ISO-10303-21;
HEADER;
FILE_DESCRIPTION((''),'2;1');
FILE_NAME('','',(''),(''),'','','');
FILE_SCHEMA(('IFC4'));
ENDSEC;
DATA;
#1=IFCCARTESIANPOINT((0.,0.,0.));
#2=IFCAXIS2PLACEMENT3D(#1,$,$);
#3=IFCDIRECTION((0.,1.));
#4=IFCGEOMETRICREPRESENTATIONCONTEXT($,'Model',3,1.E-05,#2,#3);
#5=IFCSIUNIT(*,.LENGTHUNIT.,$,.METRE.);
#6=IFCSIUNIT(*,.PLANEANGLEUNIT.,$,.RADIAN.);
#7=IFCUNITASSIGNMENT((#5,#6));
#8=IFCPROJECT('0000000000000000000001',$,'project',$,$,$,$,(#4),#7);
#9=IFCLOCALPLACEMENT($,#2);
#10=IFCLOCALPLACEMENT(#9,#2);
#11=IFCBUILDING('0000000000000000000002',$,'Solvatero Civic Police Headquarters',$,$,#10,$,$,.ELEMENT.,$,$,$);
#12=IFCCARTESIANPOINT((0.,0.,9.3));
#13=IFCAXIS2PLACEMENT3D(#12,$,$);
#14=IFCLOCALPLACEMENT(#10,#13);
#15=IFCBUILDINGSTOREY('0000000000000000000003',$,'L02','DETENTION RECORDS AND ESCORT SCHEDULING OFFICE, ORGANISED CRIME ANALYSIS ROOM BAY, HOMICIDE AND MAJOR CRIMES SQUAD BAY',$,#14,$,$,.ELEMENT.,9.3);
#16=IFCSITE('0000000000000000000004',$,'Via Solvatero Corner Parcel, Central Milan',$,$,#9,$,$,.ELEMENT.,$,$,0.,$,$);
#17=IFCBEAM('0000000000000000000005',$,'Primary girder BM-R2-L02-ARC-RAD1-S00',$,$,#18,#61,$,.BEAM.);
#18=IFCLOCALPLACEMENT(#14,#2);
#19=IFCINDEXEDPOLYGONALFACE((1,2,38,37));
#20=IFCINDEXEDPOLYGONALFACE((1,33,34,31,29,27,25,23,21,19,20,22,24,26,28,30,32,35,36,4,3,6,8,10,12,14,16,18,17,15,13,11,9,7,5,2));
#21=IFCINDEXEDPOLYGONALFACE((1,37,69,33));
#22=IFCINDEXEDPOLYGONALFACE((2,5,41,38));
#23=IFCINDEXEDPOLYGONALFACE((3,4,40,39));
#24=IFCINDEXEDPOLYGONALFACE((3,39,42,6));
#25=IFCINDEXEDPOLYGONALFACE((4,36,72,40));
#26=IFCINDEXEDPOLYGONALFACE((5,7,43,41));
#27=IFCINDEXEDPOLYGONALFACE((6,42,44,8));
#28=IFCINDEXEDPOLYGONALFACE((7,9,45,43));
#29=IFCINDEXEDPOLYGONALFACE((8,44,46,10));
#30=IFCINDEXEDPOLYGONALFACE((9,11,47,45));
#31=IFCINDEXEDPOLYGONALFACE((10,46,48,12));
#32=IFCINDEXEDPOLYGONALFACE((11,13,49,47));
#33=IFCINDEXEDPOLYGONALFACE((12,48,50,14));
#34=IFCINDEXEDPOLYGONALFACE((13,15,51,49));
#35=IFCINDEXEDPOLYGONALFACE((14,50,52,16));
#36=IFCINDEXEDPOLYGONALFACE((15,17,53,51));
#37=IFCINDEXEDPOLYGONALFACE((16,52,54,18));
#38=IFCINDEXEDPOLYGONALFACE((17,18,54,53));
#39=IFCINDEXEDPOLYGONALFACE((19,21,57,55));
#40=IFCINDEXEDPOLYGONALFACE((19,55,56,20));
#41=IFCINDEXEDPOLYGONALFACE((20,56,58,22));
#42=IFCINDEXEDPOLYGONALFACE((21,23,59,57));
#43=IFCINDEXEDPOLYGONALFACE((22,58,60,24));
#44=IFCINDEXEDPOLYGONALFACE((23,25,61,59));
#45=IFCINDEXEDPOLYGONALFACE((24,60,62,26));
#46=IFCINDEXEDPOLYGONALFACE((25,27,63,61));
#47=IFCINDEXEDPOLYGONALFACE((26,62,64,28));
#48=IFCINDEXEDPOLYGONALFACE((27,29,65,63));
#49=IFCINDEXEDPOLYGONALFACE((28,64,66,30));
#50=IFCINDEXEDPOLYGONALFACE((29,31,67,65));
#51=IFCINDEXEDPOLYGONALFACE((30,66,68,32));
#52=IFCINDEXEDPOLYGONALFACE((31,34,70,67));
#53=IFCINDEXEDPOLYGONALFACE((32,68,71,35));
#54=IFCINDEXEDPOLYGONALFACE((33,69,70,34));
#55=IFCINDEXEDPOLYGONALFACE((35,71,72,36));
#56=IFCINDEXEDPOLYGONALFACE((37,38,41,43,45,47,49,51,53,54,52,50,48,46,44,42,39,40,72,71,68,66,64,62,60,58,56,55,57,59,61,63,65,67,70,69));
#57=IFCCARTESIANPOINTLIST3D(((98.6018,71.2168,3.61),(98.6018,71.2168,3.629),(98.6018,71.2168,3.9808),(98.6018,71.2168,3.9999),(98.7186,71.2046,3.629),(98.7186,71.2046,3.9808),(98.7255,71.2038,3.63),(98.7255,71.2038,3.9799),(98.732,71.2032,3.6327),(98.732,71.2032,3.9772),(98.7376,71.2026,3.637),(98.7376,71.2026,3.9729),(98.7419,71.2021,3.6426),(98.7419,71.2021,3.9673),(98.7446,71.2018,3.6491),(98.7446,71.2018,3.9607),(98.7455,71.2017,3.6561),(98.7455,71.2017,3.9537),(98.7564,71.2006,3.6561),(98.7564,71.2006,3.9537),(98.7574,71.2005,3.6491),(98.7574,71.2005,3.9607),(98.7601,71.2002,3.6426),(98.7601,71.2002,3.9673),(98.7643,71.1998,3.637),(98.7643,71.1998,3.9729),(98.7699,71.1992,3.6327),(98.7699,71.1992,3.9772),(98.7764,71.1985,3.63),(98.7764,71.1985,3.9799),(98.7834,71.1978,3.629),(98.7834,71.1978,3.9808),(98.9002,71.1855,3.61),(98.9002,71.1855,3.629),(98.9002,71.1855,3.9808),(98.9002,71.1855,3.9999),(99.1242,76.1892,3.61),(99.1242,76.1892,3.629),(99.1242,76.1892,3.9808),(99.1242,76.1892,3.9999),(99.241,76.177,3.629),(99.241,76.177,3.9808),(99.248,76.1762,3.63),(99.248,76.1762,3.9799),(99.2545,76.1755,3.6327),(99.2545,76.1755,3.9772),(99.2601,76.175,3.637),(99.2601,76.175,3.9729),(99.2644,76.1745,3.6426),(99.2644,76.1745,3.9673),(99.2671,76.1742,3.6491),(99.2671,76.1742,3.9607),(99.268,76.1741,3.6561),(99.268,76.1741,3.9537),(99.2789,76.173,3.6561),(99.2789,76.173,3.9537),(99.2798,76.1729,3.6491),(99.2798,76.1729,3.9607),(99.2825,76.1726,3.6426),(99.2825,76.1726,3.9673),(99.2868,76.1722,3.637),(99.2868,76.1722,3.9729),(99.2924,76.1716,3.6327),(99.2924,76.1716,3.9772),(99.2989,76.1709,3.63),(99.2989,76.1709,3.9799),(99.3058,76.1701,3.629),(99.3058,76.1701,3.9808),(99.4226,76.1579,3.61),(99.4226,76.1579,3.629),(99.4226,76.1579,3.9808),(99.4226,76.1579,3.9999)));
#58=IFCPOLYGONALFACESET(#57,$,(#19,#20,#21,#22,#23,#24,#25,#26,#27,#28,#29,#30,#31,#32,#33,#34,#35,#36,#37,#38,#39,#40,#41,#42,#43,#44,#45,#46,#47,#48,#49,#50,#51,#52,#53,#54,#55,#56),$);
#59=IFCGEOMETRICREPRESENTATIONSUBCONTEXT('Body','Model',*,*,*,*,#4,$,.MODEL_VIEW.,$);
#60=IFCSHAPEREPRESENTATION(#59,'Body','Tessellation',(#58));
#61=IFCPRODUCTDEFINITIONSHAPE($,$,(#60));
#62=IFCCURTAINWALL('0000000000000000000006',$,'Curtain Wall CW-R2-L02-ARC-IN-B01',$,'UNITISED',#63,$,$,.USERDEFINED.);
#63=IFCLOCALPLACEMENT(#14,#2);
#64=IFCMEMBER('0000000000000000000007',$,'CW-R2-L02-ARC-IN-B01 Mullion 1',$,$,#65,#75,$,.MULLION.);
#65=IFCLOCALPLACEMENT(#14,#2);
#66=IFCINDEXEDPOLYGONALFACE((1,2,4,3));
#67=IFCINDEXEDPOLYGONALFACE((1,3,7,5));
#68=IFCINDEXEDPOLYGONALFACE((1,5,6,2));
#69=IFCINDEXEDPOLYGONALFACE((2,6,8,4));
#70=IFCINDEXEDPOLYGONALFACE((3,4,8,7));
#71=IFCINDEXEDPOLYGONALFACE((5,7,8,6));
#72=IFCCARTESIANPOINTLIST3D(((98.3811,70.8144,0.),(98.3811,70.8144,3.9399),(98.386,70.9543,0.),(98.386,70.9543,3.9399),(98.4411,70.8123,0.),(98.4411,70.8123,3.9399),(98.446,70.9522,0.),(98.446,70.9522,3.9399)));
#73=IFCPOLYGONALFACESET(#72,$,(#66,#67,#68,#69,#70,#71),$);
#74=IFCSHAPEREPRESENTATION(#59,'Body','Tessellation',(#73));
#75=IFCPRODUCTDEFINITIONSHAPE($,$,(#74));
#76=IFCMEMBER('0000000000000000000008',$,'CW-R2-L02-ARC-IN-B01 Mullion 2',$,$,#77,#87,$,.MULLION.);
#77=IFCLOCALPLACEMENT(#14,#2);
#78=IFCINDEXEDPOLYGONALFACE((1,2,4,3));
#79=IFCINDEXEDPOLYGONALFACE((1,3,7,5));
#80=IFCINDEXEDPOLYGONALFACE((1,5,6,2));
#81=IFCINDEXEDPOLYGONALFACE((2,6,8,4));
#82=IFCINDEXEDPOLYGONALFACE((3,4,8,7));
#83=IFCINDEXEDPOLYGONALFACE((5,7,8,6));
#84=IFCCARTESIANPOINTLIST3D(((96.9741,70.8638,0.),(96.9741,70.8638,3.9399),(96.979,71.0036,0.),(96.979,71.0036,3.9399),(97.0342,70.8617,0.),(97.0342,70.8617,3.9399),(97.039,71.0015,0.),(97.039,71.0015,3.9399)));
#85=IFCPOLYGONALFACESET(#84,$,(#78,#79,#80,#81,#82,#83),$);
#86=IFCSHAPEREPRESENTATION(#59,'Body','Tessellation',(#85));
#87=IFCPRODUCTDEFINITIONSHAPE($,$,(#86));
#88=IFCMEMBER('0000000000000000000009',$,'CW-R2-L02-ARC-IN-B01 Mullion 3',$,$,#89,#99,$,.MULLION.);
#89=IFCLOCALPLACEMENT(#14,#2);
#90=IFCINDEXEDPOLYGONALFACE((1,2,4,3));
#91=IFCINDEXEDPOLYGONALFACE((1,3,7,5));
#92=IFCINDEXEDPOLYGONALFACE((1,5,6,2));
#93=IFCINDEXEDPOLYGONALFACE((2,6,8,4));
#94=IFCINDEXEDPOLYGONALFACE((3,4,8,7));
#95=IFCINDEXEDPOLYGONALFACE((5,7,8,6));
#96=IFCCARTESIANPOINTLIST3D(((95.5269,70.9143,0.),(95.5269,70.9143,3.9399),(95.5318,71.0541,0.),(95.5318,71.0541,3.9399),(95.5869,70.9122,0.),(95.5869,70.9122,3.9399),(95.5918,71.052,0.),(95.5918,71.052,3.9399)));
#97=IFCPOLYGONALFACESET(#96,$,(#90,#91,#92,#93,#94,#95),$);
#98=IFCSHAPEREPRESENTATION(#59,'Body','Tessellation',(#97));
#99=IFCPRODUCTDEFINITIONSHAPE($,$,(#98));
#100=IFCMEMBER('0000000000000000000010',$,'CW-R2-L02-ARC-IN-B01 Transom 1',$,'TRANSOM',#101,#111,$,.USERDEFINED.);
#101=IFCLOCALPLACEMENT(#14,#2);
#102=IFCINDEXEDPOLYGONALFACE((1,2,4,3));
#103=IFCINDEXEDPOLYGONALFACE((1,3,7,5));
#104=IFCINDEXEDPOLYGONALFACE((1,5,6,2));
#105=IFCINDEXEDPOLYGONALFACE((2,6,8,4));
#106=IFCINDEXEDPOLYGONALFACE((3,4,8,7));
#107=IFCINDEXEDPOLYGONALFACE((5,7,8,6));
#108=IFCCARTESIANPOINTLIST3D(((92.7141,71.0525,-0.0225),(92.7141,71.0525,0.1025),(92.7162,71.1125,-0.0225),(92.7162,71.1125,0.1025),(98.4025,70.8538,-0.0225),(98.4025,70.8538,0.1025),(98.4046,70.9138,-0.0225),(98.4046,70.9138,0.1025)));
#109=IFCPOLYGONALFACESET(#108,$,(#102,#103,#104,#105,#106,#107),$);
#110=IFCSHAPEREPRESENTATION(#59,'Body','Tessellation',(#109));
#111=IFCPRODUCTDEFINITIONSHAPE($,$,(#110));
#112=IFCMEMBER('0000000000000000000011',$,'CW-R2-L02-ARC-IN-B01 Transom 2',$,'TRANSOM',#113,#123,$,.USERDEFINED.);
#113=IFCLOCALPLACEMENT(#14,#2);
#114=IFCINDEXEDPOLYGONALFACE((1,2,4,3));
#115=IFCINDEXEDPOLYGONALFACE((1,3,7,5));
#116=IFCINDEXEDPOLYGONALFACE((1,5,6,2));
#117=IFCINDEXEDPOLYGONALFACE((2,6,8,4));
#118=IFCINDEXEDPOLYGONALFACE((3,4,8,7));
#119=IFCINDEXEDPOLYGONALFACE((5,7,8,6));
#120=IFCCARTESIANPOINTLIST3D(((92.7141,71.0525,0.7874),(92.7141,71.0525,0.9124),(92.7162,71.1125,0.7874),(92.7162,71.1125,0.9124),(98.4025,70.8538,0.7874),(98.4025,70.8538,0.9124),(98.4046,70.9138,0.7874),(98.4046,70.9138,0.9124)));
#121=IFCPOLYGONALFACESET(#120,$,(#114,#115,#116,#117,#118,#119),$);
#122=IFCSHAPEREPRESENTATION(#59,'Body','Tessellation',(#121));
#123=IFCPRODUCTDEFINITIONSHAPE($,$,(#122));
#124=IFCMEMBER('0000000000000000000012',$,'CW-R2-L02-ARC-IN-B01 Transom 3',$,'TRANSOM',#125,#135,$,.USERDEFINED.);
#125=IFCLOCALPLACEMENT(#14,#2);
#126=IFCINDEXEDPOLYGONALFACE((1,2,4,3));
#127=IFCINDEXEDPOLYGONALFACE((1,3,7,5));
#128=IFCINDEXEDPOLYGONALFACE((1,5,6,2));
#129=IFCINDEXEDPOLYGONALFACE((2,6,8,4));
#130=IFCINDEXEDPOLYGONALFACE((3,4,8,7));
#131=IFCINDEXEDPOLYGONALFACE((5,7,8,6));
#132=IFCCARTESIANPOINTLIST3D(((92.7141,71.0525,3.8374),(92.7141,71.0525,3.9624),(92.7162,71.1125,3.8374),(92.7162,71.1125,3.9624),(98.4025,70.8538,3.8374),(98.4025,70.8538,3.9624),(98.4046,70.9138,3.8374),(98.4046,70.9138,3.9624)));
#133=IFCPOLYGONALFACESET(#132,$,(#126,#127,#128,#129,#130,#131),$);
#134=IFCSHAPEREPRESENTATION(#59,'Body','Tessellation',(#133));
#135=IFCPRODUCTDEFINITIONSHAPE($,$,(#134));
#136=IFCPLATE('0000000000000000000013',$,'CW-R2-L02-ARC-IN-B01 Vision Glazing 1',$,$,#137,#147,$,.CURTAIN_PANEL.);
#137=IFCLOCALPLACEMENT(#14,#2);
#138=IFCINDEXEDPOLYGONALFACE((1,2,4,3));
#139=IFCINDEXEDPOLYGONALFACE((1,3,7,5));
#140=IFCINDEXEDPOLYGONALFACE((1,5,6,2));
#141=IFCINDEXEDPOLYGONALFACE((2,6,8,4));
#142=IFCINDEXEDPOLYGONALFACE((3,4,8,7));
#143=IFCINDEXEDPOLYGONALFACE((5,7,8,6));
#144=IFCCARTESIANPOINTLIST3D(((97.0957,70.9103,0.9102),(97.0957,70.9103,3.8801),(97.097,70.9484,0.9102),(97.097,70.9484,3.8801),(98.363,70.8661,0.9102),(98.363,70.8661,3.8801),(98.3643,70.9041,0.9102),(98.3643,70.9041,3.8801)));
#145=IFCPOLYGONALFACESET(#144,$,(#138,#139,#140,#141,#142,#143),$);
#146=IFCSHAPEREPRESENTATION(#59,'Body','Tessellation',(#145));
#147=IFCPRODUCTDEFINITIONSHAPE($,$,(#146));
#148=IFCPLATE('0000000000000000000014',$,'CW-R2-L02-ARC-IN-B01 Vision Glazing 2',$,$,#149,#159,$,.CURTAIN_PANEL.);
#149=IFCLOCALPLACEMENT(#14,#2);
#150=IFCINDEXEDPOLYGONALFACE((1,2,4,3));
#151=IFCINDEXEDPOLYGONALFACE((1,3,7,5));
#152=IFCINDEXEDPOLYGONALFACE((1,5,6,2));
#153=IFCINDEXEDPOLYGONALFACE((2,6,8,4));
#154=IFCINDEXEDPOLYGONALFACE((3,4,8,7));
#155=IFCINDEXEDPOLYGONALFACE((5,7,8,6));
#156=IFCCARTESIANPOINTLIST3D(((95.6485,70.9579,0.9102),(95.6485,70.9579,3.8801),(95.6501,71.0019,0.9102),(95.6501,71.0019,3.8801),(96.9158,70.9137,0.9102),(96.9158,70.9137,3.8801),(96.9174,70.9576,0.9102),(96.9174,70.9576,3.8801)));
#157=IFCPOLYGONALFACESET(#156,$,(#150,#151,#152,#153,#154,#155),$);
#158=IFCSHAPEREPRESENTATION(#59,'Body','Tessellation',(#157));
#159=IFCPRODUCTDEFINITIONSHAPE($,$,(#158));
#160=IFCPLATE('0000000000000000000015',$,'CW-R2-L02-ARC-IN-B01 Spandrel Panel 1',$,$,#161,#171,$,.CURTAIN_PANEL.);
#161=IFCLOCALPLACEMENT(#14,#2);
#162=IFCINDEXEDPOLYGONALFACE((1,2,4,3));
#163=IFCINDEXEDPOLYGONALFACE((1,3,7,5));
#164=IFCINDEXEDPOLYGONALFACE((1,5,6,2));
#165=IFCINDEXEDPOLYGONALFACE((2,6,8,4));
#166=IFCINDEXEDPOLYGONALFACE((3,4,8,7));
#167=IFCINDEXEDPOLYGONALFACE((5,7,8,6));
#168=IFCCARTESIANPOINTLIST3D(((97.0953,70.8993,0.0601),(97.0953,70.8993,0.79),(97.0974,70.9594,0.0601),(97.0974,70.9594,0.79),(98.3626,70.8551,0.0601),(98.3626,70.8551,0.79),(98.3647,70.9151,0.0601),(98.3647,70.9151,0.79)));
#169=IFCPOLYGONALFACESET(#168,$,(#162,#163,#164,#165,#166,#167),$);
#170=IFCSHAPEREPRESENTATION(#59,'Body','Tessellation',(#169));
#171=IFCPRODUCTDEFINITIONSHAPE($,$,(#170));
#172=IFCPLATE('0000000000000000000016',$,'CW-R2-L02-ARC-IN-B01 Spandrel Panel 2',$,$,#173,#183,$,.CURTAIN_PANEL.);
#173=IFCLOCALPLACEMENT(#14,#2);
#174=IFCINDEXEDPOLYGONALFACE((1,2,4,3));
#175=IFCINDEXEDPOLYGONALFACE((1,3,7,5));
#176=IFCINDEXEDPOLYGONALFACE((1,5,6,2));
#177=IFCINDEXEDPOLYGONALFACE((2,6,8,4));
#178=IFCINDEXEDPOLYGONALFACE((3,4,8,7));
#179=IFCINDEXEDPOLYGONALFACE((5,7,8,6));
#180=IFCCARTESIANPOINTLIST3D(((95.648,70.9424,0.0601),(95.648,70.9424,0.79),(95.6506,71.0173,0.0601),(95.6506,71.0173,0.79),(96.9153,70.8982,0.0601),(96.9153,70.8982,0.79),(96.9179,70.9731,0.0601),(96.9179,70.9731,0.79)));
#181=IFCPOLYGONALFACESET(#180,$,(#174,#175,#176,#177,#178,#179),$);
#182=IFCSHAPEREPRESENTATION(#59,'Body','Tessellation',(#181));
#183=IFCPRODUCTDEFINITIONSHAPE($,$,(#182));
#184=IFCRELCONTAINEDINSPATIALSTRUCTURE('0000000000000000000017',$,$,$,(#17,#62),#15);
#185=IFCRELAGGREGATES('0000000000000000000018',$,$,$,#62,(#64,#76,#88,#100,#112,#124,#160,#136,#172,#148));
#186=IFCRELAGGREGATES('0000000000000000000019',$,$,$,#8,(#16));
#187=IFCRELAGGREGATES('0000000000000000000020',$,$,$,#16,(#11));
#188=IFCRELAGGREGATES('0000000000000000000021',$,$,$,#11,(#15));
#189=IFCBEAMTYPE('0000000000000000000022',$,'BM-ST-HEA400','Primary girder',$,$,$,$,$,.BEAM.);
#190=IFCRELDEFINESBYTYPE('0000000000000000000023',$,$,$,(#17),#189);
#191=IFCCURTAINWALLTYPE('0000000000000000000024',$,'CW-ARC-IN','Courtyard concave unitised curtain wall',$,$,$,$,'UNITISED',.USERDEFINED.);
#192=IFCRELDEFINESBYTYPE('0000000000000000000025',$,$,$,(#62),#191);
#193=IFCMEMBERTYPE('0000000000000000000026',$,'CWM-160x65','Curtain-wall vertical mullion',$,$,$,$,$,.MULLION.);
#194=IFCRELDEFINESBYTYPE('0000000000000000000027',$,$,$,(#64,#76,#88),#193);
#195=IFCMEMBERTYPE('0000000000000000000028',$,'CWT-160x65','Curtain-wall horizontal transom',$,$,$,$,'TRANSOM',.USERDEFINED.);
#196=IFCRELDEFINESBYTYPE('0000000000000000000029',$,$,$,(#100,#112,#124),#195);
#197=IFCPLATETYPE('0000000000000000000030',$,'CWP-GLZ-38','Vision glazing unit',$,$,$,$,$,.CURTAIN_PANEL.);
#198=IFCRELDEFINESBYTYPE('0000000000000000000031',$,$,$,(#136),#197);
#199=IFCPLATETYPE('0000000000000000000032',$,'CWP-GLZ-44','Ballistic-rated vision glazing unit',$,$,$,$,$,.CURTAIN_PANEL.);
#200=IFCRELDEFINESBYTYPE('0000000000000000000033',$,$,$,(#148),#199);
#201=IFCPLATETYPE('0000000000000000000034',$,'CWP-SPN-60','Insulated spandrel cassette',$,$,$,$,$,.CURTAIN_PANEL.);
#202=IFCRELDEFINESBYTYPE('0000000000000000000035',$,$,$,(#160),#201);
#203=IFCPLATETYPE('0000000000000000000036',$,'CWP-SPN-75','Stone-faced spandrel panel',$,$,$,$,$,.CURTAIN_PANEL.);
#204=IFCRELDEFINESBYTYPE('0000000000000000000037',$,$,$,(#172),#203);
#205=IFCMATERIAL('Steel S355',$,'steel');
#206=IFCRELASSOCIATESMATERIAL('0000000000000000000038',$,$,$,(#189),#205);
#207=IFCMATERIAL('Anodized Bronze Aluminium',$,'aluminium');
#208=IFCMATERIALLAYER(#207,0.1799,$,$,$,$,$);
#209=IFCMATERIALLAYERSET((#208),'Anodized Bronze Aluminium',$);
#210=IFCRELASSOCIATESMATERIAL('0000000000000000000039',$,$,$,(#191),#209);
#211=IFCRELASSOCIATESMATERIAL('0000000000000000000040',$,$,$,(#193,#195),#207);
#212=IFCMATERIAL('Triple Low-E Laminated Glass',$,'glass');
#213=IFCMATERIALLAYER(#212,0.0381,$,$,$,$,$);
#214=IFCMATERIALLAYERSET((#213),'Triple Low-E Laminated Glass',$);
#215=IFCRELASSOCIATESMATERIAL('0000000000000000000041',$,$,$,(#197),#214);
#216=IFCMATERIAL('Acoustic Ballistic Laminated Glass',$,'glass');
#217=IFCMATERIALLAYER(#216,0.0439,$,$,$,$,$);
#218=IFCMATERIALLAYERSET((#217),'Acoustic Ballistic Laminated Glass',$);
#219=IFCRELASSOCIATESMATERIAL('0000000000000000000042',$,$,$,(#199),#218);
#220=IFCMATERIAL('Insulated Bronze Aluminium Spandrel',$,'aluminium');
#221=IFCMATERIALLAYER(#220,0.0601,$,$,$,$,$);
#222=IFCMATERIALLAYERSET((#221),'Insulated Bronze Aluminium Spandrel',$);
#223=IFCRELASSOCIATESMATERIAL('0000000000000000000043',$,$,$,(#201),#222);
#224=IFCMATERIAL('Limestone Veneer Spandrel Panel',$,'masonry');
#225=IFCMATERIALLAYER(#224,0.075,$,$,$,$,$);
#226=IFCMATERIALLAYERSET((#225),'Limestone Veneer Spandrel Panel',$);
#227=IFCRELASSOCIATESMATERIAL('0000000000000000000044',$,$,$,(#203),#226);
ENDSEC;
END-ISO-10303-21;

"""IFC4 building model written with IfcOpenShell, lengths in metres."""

from ifc_helpers import new_model, si_unit, direction, frame, origin, origin_2d, place, context, subcontext, project, spatial, rectangle, i_section, extrude, material, layer, layer_set, material_profile, profile_set, type_object, element, aggregate, save


model = new_model("IFC4")

# Units and contexts
model_context = context("Model", 3, precision=1e-05, world=origin(), true_north=direction((0.0, 1.0)))
body_context = subcontext(model_context, "Body", "Model", "MODEL_VIEW")
ifc_project = project(units=[si_unit("LENGTHUNIT", "METRE"), si_unit("PLANEANGLEUNIT", "RADIAN")], contexts=[model_context])

# Site, building, storey
site_placement = place(None, origin())
site = spatial("IfcSite", under=ifc_project, at=site_placement, Name="Via Solvatero Corner Parcel, Central Milan", CompositionType="ELEMENT", RefElevation=0.0)
building_placement = place(site_placement, origin())
building = spatial("IfcBuilding", under=site, at=building_placement, Name="Solvatero Civic Police Headquarters", CompositionType="ELEMENT")
storey_placement = place(building_placement, frame((0.0, 0.0, 9.3)))
storey = spatial("IfcBuildingStorey", under=building, at=storey_placement, Name="L02", Description="DETENTION RECORDS AND ESCORT SCHEDULING OFFICE, ORGANISED CRIME ANALYSIS ROOM BAY, HOMICIDE AND MAJOR CRIMES SQUAD BAY", CompositionType="ELEMENT", Elevation=9.3)

# Shared definitions
ifc_material_1 = material(Name="Steel S355", Category="steel")

# Beam
ifc_material_profile_1 = material_profile(ifc_material_1, i_section(OverallWidth=0.3, OverallDepth=0.3899, WebThickness=0.011, FlangeThickness=0.019, FilletRadius=0.0271, at=origin_2d()), Name="HEA 400")
ifc_profile_set_1 = profile_set([ifc_material_profile_1], Name="Steel S355")
beam_type_1 = type_object("IfcBeamType", Name="BM-ST-HEA400", Description="Primary girder", PredefinedType="BEAM", material=ifc_profile_set_1)
beam_1_placement = place(storey_placement, frame((98.751, 71.2012, 3.8049), z_axis=(0.104497, 0.994525, 0.0), x_axis=(-0.994525, 0.104497, 0.0)))
element("IfcBeam", 1, at=beam_1_placement, inside=storey, type_object=beam_type_1, Name="Primary girder BM-R2-L02-ARC-RAD1-S00", PredefinedType="BEAM", context=body_context, shape_type="SweptSolid", body=[
    extrude(i_section(OverallWidth=0.3, OverallDepth=0.3899, WebThickness=0.011, FlangeThickness=0.019, FilletRadius=0.0271, at=origin_2d()), origin(), (0.0, 0.0, 1.0), 4.9998),
])

# Curtain wall, members, plates
ifc_material_2 = material(Name="Anodized Bronze Aluminium", Category="aluminium")
ifc_layer_1 = layer(ifc_material_2, 0.1799)
ifc_layer_set_1 = layer_set([ifc_layer_1], Name="Anodized Bronze Aluminium")
curtain_wall_type = type_object("IfcCurtainWallType", Name="CW-ARC-IN", Description="Courtyard concave unitised curtain wall", ElementType="UNITISED", PredefinedType="USERDEFINED", material=ifc_layer_set_1)
curtain_wall_placement = place(storey_placement, origin())
curtain_wall = element("IfcCurtainWall", 2, at=curtain_wall_placement, inside=storey, type_object=curtain_wall_type, Name="Curtain Wall CW-R2-L02-ARC-IN-B01", ObjectType="UNITISED", PredefinedType="USERDEFINED")
ifc_material_profile_2 = material_profile(ifc_material_2, rectangle(XDim=0.0601, YDim=0.1399, at=origin_2d()), Name="ALU MULLION 60x140")
ifc_profile_set_2 = profile_set([ifc_material_profile_2], Name="Anodized Bronze Aluminium")
member_type_1 = type_object("IfcMemberType", Name="CWM-160x65", Description="Curtain-wall vertical mullion", PredefinedType="MULLION", material=ifc_profile_set_2)
member_1_placement = place(storey_placement, frame((98.4136, 70.8833, 0.0), z_axis=(0.0, 0.0, 1.0), x_axis=(-0.999391, 0.034899, 0.0)))
member_1 = element("IfcMember", 3, at=member_1_placement, type_object=member_type_1, Name="CW-R2-L02-ARC-IN-B01 Mullion 1", PredefinedType="MULLION", context=body_context, shape_type="SweptSolid", body=[
    extrude(rectangle(XDim=0.0601, YDim=0.1399, at=origin_2d()), origin(), (0.0, 0.0, 1.0), 3.9399),
])
member_2_placement = place(storey_placement, frame((97.0066, 70.9326, 0.0), z_axis=(0.0, 0.0, 1.0), x_axis=(-0.999391, 0.034899, 0.0)))
member_2 = element("IfcMember", 4, at=member_2_placement, type_object=member_type_1, Name="CW-R2-L02-ARC-IN-B01 Mullion 2", PredefinedType="MULLION", context=body_context, shape_type="SweptSolid", body=[
    extrude(rectangle(XDim=0.0601, YDim=0.1399, at=origin_2d()), origin(), (0.0, 0.0, 1.0), 3.9399),
])
member_3_placement = place(storey_placement, frame((95.5593, 70.9832, 0.0), z_axis=(0.0, 0.0, 1.0), x_axis=(-0.999391, 0.034899, 0.0)))
member_3 = element("IfcMember", 5, at=member_3_placement, type_object=member_type_1, Name="CW-R2-L02-ARC-IN-B01 Mullion 3", PredefinedType="MULLION", context=body_context, shape_type="SweptSolid", body=[
    extrude(rectangle(XDim=0.0601, YDim=0.1399, at=origin_2d()), origin(), (0.0, 0.0, 1.0), 3.9399),
])
ifc_material_profile_3 = material_profile(ifc_material_2, rectangle(XDim=0.0601, YDim=0.125, at=origin_2d()), Name="ALU TRANSOM 60x125")
ifc_profile_set_3 = profile_set([ifc_material_profile_3], Name="Anodized Bronze Aluminium")
member_type_2 = type_object("IfcMemberType", Name="CWT-160x65", Description="Curtain-wall horizontal transom", ElementType="TRANSOM", PredefinedType="USERDEFINED", material=ifc_profile_set_3)
member_4_placement = place(storey_placement, frame((98.4036, 70.8838, 0.04), z_axis=(-0.99939, 0.034914, 0.0), x_axis=(-0.034914, -0.99939, 0.0)))
member_4 = element("IfcMember", 6, at=member_4_placement, type_object=member_type_2, Name="CW-R2-L02-ARC-IN-B01 Transom 1", ObjectType="TRANSOM", PredefinedType="USERDEFINED", context=body_context, shape_type="SweptSolid", body=[
    extrude(rectangle(XDim=0.0601, YDim=0.125, at=origin_2d()), origin(), (0.0, 0.0, 1.0), 5.6919),
])
member_5_placement = place(storey_placement, frame((98.4036, 70.8838, 0.8499), z_axis=(-0.99939, 0.034914, 0.0), x_axis=(-0.034914, -0.99939, 0.0)))
member_5 = element("IfcMember", 7, at=member_5_placement, type_object=member_type_2, Name="CW-R2-L02-ARC-IN-B01 Transom 2", ObjectType="TRANSOM", PredefinedType="USERDEFINED", context=body_context, shape_type="SweptSolid", body=[
    extrude(rectangle(XDim=0.0601, YDim=0.125, at=origin_2d()), origin(), (0.0, 0.0, 1.0), 5.6919),
])
member_6_placement = place(storey_placement, frame((98.4036, 70.8838, 3.8999), z_axis=(-0.99939, 0.034914, 0.0), x_axis=(-0.034914, -0.99939, 0.0)))
member_6 = element("IfcMember", 8, at=member_6_placement, type_object=member_type_2, Name="CW-R2-L02-ARC-IN-B01 Transom 3", ObjectType="TRANSOM", PredefinedType="USERDEFINED", context=body_context, shape_type="SweptSolid", body=[
    extrude(rectangle(XDim=0.0601, YDim=0.125, at=origin_2d()), origin(), (0.0, 0.0, 1.0), 5.6919),
])
ifc_material_3 = material(Name="Triple Low-E Laminated Glass", Category="glass")
ifc_layer_2 = layer(ifc_material_3, 0.0381)
ifc_layer_set_2 = layer_set([ifc_layer_2], Name="Triple Low-E Laminated Glass")
plate_type_1 = type_object("IfcPlateType", Name="CWP-GLZ-38", Description="Vision glazing unit", PredefinedType="CURTAIN_PANEL", material=ifc_layer_set_2)
plate_1_placement = place(storey_placement, frame((97.73, 70.9072, 0.9102), z_axis=(0.0, 0.0, 1.0), x_axis=(-0.999391, 0.034899, 0.0)))
plate_1 = element("IfcPlate", 9, at=plate_1_placement, type_object=plate_type_1, Name="CW-R2-L02-ARC-IN-B01 Vision Glazing 1", PredefinedType="CURTAIN_PANEL", context=body_context, shape_type="SweptSolid", body=[
    extrude(rectangle(XDim=1.2681, YDim=0.0381, at=origin_2d()), origin(), (0.0, 0.0, 1.0), 2.97),
])
ifc_material_4 = material(Name="Acoustic Ballistic Laminated Glass", Category="glass")
ifc_layer_3 = layer(ifc_material_4, 0.0439)
ifc_layer_set_3 = layer_set([ifc_layer_3], Name="Acoustic Ballistic Laminated Glass")
plate_type_2 = type_object("IfcPlateType", Name="CWP-GLZ-44", Description="Ballistic-rated vision glazing unit", PredefinedType="CURTAIN_PANEL", material=ifc_layer_set_3)
plate_2_placement = place(storey_placement, frame((96.283, 70.9578, 0.9102), z_axis=(0.0, 0.0, 1.0), x_axis=(-0.999391, 0.034899, 0.0)))
plate_2 = element("IfcPlate", 10, at=plate_2_placement, type_object=plate_type_2, Name="CW-R2-L02-ARC-IN-B01 Vision Glazing 2", PredefinedType="CURTAIN_PANEL", context=body_context, shape_type="SweptSolid", body=[
    extrude(rectangle(XDim=1.2681, YDim=0.0439, at=origin_2d()), origin(), (0.0, 0.0, 1.0), 2.97),
])
ifc_material_5 = material(Name="Insulated Bronze Aluminium Spandrel", Category="aluminium")
ifc_layer_4 = layer(ifc_material_5, 0.0601)
ifc_layer_set_4 = layer_set([ifc_layer_4], Name="Insulated Bronze Aluminium Spandrel")
plate_type_3 = type_object("IfcPlateType", Name="CWP-SPN-60", Description="Insulated spandrel cassette", PredefinedType="CURTAIN_PANEL", material=ifc_layer_set_4)
plate_3_placement = place(storey_placement, frame((97.73, 70.9072, 0.0601), z_axis=(0.0, 0.0, 1.0), x_axis=(-0.999391, 0.034899, 0.0)))
plate_3 = element("IfcPlate", 11, at=plate_3_placement, type_object=plate_type_3, Name="CW-R2-L02-ARC-IN-B01 Spandrel Panel 1", PredefinedType="CURTAIN_PANEL", context=body_context, shape_type="SweptSolid", body=[
    extrude(rectangle(XDim=1.2681, YDim=0.0601, at=origin_2d()), origin(), (0.0, 0.0, 1.0), 0.73),
])
ifc_material_6 = material(Name="Limestone Veneer Spandrel Panel", Category="masonry")
ifc_layer_5 = layer(ifc_material_6, 0.075)
ifc_layer_set_5 = layer_set([ifc_layer_5], Name="Limestone Veneer Spandrel Panel")
plate_type_4 = type_object("IfcPlateType", Name="CWP-SPN-75", Description="Stone-faced spandrel panel", PredefinedType="CURTAIN_PANEL", material=ifc_layer_set_5)
plate_4_placement = place(storey_placement, frame((96.283, 70.9578, 0.0601), z_axis=(0.0, 0.0, 1.0), x_axis=(-0.999391, 0.034899, 0.0)))
plate_4 = element("IfcPlate", 12, at=plate_4_placement, type_object=plate_type_4, Name="CW-R2-L02-ARC-IN-B01 Spandrel Panel 2", PredefinedType="CURTAIN_PANEL", context=body_context, shape_type="SweptSolid", body=[
    extrude(rectangle(XDim=1.2681, YDim=0.075, at=origin_2d()), origin(), (0.0, 0.0, 1.0), 0.73),
])
aggregate(curtain_wall, [member_1, member_2, member_3, member_4, member_5, member_6, plate_3, plate_1, plate_4, plate_2])

save(model, "model.ifc")
